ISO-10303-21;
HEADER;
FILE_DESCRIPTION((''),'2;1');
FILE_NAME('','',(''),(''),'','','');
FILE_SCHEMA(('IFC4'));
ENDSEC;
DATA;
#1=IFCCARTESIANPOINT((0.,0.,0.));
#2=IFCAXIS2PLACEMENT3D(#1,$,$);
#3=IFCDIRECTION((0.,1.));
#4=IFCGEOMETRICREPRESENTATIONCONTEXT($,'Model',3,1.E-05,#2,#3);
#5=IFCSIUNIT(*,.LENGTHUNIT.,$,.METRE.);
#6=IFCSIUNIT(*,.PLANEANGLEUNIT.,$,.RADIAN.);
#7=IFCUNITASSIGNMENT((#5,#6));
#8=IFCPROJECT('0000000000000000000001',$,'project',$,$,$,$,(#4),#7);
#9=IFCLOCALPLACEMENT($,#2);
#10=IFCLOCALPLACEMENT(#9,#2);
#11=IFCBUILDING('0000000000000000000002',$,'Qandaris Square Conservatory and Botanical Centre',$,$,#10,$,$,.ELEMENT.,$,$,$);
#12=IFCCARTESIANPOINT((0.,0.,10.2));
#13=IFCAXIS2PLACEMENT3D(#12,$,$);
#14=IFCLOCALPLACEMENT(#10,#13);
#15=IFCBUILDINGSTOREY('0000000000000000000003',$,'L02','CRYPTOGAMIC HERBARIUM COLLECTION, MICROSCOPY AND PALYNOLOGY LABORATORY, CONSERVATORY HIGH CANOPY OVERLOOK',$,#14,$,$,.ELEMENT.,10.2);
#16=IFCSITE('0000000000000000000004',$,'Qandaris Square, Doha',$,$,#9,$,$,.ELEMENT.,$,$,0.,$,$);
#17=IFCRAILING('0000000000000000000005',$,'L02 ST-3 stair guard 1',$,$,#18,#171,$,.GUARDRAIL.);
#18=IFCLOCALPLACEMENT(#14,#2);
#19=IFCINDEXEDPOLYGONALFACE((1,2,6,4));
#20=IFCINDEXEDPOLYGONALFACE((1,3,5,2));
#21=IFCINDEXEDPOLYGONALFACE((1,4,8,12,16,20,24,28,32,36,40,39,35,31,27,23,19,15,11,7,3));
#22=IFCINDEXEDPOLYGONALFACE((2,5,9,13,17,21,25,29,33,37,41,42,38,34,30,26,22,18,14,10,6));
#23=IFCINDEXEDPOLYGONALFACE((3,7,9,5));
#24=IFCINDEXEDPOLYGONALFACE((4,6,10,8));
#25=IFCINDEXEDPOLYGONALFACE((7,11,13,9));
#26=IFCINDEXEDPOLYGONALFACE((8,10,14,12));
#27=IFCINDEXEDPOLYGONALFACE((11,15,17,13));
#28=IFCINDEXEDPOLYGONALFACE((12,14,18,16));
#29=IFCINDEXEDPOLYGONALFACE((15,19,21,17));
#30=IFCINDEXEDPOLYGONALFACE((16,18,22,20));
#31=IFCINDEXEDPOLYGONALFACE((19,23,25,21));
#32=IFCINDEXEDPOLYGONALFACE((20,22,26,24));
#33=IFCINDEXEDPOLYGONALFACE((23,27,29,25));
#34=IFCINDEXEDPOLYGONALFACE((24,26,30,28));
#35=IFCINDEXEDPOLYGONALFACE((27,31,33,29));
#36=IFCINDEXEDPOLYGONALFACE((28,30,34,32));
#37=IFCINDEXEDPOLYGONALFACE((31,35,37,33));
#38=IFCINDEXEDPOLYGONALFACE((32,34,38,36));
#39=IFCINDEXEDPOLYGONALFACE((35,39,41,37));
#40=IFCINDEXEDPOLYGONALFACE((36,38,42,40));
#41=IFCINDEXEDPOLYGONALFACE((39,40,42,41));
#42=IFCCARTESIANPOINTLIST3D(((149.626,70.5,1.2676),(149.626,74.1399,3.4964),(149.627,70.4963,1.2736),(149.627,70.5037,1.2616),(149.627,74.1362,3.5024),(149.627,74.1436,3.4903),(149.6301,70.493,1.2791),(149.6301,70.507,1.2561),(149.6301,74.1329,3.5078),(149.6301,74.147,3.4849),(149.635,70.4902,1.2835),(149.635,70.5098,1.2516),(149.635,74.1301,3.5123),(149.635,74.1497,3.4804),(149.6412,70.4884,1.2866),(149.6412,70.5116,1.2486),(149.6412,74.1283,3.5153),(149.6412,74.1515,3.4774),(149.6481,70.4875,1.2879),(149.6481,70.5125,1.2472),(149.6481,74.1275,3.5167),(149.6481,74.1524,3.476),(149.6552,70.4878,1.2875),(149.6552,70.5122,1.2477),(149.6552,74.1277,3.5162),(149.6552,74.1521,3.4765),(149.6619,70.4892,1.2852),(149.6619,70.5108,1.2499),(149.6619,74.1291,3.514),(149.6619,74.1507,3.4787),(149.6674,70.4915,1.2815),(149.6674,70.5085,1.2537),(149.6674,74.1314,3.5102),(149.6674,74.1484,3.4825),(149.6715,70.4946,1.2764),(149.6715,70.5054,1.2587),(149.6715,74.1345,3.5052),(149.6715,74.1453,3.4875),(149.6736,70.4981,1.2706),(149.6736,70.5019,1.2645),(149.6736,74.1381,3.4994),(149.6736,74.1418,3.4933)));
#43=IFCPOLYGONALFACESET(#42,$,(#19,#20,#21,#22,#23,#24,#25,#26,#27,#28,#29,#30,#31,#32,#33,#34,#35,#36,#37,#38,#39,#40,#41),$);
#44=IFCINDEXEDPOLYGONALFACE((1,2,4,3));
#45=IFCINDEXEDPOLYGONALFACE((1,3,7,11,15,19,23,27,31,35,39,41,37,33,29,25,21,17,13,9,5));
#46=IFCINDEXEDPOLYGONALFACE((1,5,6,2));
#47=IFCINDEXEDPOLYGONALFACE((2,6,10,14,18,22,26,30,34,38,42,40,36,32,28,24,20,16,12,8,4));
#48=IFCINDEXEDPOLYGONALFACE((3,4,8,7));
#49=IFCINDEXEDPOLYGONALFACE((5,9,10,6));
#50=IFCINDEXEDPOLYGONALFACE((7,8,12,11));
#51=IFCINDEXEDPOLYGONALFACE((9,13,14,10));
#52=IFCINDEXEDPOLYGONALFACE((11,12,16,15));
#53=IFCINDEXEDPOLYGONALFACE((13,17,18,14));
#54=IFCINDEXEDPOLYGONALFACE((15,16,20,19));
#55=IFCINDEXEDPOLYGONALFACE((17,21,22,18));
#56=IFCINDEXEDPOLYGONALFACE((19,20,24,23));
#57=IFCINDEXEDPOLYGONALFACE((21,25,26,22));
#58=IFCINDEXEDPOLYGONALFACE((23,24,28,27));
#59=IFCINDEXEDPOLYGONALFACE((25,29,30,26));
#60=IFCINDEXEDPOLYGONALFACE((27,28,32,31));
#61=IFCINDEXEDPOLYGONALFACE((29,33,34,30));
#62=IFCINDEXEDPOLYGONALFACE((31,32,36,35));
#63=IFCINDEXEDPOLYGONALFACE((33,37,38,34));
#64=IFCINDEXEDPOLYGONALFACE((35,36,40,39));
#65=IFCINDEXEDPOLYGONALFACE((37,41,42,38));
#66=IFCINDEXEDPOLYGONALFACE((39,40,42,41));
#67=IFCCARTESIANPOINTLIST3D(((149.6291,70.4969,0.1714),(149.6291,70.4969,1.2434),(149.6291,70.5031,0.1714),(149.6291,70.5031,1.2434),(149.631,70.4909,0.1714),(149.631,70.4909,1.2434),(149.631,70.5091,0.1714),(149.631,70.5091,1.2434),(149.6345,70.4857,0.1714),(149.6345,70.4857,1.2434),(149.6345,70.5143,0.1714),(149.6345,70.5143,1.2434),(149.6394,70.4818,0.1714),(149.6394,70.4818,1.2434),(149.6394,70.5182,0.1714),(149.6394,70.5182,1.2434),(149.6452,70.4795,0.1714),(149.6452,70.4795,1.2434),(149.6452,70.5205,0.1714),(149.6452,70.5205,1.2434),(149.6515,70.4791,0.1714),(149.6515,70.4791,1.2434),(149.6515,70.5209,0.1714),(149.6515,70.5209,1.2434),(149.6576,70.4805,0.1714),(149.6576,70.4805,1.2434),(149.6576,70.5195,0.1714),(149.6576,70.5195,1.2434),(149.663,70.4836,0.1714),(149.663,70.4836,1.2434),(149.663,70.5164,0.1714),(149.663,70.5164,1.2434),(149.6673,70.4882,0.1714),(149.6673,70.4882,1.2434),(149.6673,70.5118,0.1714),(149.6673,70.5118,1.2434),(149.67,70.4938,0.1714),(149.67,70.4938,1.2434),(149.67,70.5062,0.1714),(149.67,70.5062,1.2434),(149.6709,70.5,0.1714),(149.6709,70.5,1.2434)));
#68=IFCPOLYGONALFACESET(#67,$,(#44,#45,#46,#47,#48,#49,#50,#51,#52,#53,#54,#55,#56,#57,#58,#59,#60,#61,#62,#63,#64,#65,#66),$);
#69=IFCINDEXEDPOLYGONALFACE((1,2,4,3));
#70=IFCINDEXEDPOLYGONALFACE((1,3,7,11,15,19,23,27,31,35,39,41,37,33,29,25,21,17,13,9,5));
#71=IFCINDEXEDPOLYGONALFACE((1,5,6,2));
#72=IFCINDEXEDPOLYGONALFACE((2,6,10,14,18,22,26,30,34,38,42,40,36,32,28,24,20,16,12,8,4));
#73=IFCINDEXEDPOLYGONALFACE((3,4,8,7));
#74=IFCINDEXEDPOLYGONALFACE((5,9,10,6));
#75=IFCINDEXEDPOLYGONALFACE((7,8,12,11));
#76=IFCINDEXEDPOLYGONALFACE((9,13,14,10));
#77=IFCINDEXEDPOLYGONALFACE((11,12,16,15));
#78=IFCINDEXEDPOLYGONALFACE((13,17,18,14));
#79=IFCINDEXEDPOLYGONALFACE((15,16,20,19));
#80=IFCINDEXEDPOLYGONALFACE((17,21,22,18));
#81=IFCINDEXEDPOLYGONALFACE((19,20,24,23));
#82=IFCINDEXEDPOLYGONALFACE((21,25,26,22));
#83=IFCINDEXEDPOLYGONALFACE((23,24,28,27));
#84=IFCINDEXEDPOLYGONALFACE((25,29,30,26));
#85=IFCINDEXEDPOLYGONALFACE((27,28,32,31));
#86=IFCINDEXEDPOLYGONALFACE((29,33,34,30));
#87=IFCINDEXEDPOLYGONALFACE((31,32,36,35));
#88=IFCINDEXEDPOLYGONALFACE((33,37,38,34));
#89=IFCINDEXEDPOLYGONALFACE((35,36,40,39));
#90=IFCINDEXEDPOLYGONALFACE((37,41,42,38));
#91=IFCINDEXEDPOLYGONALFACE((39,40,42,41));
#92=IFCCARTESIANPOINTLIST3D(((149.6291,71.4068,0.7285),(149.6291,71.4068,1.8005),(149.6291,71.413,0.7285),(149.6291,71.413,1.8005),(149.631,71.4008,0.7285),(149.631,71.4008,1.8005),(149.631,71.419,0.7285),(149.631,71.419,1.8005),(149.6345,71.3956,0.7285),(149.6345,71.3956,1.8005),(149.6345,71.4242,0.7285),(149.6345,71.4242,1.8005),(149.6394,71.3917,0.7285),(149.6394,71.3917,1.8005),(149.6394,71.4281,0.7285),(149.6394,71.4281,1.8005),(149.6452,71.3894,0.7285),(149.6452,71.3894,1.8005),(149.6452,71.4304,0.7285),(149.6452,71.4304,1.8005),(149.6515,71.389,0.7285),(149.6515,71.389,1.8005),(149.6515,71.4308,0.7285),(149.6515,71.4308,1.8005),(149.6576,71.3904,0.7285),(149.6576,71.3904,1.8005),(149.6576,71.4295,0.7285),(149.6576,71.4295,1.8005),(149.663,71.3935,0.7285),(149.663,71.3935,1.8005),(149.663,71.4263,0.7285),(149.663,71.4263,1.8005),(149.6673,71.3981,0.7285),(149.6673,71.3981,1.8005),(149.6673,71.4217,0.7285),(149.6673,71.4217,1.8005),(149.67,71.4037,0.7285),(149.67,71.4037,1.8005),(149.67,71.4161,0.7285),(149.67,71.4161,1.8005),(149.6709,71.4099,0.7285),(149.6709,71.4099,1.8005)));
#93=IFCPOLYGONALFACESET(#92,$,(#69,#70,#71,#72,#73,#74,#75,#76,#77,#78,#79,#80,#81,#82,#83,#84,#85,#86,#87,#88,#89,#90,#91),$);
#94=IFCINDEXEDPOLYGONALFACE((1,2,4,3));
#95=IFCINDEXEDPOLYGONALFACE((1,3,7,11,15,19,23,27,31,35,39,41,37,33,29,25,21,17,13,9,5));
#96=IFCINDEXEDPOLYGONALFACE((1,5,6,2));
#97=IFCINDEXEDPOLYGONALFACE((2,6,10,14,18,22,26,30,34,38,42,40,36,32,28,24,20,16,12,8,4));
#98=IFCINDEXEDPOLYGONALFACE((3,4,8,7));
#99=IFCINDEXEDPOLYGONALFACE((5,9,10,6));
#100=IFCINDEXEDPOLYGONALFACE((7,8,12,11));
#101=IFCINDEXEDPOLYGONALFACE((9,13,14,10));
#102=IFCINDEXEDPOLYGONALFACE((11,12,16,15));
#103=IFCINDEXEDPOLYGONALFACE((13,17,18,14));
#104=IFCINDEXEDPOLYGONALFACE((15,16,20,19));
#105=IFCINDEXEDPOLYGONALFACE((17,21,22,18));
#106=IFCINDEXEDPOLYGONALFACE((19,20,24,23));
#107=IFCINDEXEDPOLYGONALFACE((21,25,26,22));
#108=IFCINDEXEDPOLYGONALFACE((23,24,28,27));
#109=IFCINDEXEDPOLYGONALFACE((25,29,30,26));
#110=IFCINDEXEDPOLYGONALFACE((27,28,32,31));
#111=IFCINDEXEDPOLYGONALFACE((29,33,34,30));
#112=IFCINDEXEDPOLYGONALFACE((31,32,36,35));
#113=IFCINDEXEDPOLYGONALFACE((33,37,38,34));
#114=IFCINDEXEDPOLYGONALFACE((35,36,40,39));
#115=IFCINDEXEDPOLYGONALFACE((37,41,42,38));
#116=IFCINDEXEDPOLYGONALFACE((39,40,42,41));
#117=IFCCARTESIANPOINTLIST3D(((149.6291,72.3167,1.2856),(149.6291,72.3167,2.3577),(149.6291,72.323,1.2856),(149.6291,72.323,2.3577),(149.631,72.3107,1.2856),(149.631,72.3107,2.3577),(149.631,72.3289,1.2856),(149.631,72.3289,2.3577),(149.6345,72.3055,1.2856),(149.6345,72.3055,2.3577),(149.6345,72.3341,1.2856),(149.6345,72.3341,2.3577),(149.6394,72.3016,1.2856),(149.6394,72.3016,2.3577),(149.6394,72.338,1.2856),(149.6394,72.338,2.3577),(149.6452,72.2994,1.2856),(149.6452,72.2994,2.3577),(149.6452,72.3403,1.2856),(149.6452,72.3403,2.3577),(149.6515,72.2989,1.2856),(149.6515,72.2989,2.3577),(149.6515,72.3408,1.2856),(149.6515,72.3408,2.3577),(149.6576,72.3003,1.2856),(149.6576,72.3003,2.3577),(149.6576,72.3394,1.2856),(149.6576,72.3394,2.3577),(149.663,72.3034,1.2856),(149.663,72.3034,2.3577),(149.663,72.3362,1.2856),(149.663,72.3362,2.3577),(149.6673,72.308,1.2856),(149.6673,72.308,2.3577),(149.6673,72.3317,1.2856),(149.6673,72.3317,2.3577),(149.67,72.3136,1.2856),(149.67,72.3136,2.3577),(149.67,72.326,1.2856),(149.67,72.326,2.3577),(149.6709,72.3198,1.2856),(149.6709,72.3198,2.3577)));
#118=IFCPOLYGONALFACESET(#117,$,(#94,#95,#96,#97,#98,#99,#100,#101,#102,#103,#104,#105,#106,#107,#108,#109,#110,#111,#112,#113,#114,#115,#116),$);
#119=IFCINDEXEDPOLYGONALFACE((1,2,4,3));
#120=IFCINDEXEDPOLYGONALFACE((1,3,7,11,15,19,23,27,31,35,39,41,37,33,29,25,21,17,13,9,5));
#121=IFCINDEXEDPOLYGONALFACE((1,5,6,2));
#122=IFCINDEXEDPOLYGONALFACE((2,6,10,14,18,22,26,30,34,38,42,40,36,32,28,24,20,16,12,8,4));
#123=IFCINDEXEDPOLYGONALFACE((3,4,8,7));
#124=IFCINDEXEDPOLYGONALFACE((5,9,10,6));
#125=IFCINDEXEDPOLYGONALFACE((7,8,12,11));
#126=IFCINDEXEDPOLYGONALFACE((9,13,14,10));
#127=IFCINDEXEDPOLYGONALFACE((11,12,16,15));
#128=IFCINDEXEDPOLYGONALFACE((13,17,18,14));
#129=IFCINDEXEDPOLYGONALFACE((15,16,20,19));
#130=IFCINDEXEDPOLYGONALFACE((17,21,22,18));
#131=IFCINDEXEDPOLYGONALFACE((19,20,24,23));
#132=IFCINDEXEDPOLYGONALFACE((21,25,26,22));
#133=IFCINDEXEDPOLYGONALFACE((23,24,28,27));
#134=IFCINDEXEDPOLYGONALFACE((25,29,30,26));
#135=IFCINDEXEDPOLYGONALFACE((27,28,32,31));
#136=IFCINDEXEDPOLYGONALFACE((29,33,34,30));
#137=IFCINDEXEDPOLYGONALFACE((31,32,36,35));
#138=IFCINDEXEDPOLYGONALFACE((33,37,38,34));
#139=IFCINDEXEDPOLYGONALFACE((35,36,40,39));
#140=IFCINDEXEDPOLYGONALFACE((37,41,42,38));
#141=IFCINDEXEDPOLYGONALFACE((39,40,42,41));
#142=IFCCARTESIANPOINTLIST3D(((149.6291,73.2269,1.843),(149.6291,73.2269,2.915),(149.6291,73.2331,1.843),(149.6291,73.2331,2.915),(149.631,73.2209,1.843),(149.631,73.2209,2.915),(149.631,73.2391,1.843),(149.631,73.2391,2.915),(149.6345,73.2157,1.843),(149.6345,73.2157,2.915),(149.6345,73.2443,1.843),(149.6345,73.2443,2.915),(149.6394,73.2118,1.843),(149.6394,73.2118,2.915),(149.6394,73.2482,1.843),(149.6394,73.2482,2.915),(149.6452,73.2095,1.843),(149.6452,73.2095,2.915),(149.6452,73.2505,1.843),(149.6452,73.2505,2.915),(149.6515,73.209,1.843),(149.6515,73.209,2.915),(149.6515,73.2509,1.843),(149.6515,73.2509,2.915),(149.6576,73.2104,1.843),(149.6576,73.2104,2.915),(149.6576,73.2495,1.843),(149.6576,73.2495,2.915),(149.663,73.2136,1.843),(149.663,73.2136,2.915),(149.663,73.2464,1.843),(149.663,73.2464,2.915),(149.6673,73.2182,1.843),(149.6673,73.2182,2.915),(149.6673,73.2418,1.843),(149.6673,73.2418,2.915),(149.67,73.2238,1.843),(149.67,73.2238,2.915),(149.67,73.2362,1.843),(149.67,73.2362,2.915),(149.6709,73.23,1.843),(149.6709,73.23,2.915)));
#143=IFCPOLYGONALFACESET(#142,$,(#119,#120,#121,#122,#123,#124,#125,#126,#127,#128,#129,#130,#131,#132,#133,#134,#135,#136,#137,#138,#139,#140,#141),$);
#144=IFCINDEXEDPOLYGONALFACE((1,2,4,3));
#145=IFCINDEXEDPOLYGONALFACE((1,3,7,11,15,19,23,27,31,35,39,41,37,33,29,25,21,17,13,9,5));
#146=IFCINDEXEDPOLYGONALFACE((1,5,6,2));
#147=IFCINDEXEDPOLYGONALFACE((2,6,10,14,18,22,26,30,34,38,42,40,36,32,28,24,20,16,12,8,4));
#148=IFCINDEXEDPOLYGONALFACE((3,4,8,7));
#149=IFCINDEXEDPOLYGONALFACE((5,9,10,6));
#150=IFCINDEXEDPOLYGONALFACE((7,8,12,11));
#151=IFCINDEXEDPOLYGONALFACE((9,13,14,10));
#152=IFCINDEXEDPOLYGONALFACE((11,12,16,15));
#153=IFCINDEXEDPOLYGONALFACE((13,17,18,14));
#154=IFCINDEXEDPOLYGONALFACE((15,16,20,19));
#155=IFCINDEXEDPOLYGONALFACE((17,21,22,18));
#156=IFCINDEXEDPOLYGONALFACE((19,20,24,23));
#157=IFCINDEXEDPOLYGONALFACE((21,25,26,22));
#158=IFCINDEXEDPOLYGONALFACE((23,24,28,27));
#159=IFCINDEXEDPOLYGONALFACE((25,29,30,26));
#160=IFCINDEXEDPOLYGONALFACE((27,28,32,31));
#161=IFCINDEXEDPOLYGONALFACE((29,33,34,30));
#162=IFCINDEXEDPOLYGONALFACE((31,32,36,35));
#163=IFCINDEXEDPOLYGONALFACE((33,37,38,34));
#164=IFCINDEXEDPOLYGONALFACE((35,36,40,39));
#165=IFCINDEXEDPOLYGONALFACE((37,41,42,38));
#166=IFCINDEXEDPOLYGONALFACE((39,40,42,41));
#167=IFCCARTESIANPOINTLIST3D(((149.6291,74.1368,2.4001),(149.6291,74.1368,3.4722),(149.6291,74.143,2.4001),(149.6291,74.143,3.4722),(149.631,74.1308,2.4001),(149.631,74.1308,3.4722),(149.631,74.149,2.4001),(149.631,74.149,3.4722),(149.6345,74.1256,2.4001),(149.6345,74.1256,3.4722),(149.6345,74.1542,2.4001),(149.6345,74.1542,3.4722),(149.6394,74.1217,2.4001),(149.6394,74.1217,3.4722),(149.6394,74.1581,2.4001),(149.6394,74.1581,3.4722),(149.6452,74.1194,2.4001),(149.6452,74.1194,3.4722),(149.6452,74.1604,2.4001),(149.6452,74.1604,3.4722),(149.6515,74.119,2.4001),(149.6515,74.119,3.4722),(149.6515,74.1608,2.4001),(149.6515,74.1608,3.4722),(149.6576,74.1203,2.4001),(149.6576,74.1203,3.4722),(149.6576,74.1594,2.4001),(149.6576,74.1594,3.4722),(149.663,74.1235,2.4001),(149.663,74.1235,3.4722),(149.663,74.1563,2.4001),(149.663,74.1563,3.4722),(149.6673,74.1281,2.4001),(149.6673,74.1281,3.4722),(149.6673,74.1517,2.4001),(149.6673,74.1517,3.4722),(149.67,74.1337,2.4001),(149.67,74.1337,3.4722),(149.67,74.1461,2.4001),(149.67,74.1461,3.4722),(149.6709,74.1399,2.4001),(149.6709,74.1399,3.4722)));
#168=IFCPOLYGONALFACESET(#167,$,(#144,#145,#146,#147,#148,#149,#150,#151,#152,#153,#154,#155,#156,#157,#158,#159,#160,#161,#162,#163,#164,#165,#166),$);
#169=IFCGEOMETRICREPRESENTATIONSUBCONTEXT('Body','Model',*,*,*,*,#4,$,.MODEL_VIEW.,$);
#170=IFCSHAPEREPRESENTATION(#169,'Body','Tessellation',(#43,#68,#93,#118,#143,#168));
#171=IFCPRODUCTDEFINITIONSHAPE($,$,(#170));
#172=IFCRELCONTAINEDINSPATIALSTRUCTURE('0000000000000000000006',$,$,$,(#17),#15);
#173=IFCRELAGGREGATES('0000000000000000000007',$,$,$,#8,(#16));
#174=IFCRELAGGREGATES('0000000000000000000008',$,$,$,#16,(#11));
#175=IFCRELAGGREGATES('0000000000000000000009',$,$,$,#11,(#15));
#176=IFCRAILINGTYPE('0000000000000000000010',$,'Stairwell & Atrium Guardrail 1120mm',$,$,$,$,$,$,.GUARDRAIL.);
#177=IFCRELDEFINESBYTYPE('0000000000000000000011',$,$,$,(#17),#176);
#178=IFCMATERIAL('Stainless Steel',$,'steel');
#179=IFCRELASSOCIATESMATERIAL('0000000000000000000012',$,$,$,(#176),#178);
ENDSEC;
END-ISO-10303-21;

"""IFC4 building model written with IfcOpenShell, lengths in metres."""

from ifc_helpers import new_model, si_unit, direction, frame, origin, origin_2d, place, context, subcontext, project, spatial, circle, extrude, material, type_object, element, save


model = new_model("IFC4")

# Units and contexts
model_context = context("Model", 3, precision=1e-05, world=origin(), true_north=direction((0.0, 1.0)))
body_context = subcontext(model_context, "Body", "Model", "MODEL_VIEW")
ifc_project = project(units=[si_unit("LENGTHUNIT", "METRE"), si_unit("PLANEANGLEUNIT", "RADIAN")], contexts=[model_context])

# Site, building, storey
site_placement = place(None, origin())
site = spatial("IfcSite", under=ifc_project, at=site_placement, Name="Qandaris Square, Doha", CompositionType="ELEMENT", RefElevation=0.0)
building_placement = place(site_placement, origin())
building = spatial("IfcBuilding", under=site, at=building_placement, Name="Qandaris Square Conservatory and Botanical Centre", CompositionType="ELEMENT")
storey_placement = place(building_placement, frame((0.0, 0.0, 10.2)))
storey = spatial("IfcBuildingStorey", under=building, at=storey_placement, Name="L02", Description="CRYPTOGAMIC HERBARIUM COLLECTION, MICROSCOPY AND PALYNOLOGY LABORATORY, CONSERVATORY HIGH CANOPY OVERLOOK", CompositionType="ELEMENT", Elevation=10.2)

# Railing
ifc_material_1 = material(Name="Stainless Steel", Category="steel")
railing_type_1 = type_object("IfcRailingType", Name="Stairwell & Atrium Guardrail 1120mm", PredefinedType="GUARDRAIL", material=ifc_material_1)
railing_1_placement = place(storey_placement, frame((149.6499, 70.5, 0.1714)))
element("IfcRailing", 1, at=railing_1_placement, inside=storey, type_object=railing_type_1, Name="L02 ST-3 stair guard 1", PredefinedType="GUARDRAIL", context=body_context, shape_type="SweptSolid", body=[
    extrude(circle(Radius=0.0239, at=origin_2d()), frame((0.0, 0.0, 1.0962), z_axis=(0.0, 0.852825, 0.522197), x_axis=(-1.0, 0.0, 0.0)), (0.0, 0.0, 1.0), 4.2681),
    extrude(circle(Radius=0.021, at=origin_2d()), origin(), (0.0, 0.0, 1.0), 1.072),
    extrude(circle(Radius=0.021, at=origin_2d()), frame((0.0, 0.9099, 0.5571)), (0.0, 0.0, 1.0), 1.072),
    extrude(circle(Radius=0.021, at=origin_2d()), frame((0.0, 1.8198, 1.1143)), (0.0, 0.0, 1.0), 1.072),
    extrude(circle(Radius=0.021, at=origin_2d()), frame((0.0, 2.73, 1.6716)), (0.0, 0.0, 1.0), 1.072),
    extrude(circle(Radius=0.021, at=origin_2d()), frame((0.0, 3.6399, 2.2288)), (0.0, 0.0, 1.0), 1.072),
])

save(model, "model.ifc")
